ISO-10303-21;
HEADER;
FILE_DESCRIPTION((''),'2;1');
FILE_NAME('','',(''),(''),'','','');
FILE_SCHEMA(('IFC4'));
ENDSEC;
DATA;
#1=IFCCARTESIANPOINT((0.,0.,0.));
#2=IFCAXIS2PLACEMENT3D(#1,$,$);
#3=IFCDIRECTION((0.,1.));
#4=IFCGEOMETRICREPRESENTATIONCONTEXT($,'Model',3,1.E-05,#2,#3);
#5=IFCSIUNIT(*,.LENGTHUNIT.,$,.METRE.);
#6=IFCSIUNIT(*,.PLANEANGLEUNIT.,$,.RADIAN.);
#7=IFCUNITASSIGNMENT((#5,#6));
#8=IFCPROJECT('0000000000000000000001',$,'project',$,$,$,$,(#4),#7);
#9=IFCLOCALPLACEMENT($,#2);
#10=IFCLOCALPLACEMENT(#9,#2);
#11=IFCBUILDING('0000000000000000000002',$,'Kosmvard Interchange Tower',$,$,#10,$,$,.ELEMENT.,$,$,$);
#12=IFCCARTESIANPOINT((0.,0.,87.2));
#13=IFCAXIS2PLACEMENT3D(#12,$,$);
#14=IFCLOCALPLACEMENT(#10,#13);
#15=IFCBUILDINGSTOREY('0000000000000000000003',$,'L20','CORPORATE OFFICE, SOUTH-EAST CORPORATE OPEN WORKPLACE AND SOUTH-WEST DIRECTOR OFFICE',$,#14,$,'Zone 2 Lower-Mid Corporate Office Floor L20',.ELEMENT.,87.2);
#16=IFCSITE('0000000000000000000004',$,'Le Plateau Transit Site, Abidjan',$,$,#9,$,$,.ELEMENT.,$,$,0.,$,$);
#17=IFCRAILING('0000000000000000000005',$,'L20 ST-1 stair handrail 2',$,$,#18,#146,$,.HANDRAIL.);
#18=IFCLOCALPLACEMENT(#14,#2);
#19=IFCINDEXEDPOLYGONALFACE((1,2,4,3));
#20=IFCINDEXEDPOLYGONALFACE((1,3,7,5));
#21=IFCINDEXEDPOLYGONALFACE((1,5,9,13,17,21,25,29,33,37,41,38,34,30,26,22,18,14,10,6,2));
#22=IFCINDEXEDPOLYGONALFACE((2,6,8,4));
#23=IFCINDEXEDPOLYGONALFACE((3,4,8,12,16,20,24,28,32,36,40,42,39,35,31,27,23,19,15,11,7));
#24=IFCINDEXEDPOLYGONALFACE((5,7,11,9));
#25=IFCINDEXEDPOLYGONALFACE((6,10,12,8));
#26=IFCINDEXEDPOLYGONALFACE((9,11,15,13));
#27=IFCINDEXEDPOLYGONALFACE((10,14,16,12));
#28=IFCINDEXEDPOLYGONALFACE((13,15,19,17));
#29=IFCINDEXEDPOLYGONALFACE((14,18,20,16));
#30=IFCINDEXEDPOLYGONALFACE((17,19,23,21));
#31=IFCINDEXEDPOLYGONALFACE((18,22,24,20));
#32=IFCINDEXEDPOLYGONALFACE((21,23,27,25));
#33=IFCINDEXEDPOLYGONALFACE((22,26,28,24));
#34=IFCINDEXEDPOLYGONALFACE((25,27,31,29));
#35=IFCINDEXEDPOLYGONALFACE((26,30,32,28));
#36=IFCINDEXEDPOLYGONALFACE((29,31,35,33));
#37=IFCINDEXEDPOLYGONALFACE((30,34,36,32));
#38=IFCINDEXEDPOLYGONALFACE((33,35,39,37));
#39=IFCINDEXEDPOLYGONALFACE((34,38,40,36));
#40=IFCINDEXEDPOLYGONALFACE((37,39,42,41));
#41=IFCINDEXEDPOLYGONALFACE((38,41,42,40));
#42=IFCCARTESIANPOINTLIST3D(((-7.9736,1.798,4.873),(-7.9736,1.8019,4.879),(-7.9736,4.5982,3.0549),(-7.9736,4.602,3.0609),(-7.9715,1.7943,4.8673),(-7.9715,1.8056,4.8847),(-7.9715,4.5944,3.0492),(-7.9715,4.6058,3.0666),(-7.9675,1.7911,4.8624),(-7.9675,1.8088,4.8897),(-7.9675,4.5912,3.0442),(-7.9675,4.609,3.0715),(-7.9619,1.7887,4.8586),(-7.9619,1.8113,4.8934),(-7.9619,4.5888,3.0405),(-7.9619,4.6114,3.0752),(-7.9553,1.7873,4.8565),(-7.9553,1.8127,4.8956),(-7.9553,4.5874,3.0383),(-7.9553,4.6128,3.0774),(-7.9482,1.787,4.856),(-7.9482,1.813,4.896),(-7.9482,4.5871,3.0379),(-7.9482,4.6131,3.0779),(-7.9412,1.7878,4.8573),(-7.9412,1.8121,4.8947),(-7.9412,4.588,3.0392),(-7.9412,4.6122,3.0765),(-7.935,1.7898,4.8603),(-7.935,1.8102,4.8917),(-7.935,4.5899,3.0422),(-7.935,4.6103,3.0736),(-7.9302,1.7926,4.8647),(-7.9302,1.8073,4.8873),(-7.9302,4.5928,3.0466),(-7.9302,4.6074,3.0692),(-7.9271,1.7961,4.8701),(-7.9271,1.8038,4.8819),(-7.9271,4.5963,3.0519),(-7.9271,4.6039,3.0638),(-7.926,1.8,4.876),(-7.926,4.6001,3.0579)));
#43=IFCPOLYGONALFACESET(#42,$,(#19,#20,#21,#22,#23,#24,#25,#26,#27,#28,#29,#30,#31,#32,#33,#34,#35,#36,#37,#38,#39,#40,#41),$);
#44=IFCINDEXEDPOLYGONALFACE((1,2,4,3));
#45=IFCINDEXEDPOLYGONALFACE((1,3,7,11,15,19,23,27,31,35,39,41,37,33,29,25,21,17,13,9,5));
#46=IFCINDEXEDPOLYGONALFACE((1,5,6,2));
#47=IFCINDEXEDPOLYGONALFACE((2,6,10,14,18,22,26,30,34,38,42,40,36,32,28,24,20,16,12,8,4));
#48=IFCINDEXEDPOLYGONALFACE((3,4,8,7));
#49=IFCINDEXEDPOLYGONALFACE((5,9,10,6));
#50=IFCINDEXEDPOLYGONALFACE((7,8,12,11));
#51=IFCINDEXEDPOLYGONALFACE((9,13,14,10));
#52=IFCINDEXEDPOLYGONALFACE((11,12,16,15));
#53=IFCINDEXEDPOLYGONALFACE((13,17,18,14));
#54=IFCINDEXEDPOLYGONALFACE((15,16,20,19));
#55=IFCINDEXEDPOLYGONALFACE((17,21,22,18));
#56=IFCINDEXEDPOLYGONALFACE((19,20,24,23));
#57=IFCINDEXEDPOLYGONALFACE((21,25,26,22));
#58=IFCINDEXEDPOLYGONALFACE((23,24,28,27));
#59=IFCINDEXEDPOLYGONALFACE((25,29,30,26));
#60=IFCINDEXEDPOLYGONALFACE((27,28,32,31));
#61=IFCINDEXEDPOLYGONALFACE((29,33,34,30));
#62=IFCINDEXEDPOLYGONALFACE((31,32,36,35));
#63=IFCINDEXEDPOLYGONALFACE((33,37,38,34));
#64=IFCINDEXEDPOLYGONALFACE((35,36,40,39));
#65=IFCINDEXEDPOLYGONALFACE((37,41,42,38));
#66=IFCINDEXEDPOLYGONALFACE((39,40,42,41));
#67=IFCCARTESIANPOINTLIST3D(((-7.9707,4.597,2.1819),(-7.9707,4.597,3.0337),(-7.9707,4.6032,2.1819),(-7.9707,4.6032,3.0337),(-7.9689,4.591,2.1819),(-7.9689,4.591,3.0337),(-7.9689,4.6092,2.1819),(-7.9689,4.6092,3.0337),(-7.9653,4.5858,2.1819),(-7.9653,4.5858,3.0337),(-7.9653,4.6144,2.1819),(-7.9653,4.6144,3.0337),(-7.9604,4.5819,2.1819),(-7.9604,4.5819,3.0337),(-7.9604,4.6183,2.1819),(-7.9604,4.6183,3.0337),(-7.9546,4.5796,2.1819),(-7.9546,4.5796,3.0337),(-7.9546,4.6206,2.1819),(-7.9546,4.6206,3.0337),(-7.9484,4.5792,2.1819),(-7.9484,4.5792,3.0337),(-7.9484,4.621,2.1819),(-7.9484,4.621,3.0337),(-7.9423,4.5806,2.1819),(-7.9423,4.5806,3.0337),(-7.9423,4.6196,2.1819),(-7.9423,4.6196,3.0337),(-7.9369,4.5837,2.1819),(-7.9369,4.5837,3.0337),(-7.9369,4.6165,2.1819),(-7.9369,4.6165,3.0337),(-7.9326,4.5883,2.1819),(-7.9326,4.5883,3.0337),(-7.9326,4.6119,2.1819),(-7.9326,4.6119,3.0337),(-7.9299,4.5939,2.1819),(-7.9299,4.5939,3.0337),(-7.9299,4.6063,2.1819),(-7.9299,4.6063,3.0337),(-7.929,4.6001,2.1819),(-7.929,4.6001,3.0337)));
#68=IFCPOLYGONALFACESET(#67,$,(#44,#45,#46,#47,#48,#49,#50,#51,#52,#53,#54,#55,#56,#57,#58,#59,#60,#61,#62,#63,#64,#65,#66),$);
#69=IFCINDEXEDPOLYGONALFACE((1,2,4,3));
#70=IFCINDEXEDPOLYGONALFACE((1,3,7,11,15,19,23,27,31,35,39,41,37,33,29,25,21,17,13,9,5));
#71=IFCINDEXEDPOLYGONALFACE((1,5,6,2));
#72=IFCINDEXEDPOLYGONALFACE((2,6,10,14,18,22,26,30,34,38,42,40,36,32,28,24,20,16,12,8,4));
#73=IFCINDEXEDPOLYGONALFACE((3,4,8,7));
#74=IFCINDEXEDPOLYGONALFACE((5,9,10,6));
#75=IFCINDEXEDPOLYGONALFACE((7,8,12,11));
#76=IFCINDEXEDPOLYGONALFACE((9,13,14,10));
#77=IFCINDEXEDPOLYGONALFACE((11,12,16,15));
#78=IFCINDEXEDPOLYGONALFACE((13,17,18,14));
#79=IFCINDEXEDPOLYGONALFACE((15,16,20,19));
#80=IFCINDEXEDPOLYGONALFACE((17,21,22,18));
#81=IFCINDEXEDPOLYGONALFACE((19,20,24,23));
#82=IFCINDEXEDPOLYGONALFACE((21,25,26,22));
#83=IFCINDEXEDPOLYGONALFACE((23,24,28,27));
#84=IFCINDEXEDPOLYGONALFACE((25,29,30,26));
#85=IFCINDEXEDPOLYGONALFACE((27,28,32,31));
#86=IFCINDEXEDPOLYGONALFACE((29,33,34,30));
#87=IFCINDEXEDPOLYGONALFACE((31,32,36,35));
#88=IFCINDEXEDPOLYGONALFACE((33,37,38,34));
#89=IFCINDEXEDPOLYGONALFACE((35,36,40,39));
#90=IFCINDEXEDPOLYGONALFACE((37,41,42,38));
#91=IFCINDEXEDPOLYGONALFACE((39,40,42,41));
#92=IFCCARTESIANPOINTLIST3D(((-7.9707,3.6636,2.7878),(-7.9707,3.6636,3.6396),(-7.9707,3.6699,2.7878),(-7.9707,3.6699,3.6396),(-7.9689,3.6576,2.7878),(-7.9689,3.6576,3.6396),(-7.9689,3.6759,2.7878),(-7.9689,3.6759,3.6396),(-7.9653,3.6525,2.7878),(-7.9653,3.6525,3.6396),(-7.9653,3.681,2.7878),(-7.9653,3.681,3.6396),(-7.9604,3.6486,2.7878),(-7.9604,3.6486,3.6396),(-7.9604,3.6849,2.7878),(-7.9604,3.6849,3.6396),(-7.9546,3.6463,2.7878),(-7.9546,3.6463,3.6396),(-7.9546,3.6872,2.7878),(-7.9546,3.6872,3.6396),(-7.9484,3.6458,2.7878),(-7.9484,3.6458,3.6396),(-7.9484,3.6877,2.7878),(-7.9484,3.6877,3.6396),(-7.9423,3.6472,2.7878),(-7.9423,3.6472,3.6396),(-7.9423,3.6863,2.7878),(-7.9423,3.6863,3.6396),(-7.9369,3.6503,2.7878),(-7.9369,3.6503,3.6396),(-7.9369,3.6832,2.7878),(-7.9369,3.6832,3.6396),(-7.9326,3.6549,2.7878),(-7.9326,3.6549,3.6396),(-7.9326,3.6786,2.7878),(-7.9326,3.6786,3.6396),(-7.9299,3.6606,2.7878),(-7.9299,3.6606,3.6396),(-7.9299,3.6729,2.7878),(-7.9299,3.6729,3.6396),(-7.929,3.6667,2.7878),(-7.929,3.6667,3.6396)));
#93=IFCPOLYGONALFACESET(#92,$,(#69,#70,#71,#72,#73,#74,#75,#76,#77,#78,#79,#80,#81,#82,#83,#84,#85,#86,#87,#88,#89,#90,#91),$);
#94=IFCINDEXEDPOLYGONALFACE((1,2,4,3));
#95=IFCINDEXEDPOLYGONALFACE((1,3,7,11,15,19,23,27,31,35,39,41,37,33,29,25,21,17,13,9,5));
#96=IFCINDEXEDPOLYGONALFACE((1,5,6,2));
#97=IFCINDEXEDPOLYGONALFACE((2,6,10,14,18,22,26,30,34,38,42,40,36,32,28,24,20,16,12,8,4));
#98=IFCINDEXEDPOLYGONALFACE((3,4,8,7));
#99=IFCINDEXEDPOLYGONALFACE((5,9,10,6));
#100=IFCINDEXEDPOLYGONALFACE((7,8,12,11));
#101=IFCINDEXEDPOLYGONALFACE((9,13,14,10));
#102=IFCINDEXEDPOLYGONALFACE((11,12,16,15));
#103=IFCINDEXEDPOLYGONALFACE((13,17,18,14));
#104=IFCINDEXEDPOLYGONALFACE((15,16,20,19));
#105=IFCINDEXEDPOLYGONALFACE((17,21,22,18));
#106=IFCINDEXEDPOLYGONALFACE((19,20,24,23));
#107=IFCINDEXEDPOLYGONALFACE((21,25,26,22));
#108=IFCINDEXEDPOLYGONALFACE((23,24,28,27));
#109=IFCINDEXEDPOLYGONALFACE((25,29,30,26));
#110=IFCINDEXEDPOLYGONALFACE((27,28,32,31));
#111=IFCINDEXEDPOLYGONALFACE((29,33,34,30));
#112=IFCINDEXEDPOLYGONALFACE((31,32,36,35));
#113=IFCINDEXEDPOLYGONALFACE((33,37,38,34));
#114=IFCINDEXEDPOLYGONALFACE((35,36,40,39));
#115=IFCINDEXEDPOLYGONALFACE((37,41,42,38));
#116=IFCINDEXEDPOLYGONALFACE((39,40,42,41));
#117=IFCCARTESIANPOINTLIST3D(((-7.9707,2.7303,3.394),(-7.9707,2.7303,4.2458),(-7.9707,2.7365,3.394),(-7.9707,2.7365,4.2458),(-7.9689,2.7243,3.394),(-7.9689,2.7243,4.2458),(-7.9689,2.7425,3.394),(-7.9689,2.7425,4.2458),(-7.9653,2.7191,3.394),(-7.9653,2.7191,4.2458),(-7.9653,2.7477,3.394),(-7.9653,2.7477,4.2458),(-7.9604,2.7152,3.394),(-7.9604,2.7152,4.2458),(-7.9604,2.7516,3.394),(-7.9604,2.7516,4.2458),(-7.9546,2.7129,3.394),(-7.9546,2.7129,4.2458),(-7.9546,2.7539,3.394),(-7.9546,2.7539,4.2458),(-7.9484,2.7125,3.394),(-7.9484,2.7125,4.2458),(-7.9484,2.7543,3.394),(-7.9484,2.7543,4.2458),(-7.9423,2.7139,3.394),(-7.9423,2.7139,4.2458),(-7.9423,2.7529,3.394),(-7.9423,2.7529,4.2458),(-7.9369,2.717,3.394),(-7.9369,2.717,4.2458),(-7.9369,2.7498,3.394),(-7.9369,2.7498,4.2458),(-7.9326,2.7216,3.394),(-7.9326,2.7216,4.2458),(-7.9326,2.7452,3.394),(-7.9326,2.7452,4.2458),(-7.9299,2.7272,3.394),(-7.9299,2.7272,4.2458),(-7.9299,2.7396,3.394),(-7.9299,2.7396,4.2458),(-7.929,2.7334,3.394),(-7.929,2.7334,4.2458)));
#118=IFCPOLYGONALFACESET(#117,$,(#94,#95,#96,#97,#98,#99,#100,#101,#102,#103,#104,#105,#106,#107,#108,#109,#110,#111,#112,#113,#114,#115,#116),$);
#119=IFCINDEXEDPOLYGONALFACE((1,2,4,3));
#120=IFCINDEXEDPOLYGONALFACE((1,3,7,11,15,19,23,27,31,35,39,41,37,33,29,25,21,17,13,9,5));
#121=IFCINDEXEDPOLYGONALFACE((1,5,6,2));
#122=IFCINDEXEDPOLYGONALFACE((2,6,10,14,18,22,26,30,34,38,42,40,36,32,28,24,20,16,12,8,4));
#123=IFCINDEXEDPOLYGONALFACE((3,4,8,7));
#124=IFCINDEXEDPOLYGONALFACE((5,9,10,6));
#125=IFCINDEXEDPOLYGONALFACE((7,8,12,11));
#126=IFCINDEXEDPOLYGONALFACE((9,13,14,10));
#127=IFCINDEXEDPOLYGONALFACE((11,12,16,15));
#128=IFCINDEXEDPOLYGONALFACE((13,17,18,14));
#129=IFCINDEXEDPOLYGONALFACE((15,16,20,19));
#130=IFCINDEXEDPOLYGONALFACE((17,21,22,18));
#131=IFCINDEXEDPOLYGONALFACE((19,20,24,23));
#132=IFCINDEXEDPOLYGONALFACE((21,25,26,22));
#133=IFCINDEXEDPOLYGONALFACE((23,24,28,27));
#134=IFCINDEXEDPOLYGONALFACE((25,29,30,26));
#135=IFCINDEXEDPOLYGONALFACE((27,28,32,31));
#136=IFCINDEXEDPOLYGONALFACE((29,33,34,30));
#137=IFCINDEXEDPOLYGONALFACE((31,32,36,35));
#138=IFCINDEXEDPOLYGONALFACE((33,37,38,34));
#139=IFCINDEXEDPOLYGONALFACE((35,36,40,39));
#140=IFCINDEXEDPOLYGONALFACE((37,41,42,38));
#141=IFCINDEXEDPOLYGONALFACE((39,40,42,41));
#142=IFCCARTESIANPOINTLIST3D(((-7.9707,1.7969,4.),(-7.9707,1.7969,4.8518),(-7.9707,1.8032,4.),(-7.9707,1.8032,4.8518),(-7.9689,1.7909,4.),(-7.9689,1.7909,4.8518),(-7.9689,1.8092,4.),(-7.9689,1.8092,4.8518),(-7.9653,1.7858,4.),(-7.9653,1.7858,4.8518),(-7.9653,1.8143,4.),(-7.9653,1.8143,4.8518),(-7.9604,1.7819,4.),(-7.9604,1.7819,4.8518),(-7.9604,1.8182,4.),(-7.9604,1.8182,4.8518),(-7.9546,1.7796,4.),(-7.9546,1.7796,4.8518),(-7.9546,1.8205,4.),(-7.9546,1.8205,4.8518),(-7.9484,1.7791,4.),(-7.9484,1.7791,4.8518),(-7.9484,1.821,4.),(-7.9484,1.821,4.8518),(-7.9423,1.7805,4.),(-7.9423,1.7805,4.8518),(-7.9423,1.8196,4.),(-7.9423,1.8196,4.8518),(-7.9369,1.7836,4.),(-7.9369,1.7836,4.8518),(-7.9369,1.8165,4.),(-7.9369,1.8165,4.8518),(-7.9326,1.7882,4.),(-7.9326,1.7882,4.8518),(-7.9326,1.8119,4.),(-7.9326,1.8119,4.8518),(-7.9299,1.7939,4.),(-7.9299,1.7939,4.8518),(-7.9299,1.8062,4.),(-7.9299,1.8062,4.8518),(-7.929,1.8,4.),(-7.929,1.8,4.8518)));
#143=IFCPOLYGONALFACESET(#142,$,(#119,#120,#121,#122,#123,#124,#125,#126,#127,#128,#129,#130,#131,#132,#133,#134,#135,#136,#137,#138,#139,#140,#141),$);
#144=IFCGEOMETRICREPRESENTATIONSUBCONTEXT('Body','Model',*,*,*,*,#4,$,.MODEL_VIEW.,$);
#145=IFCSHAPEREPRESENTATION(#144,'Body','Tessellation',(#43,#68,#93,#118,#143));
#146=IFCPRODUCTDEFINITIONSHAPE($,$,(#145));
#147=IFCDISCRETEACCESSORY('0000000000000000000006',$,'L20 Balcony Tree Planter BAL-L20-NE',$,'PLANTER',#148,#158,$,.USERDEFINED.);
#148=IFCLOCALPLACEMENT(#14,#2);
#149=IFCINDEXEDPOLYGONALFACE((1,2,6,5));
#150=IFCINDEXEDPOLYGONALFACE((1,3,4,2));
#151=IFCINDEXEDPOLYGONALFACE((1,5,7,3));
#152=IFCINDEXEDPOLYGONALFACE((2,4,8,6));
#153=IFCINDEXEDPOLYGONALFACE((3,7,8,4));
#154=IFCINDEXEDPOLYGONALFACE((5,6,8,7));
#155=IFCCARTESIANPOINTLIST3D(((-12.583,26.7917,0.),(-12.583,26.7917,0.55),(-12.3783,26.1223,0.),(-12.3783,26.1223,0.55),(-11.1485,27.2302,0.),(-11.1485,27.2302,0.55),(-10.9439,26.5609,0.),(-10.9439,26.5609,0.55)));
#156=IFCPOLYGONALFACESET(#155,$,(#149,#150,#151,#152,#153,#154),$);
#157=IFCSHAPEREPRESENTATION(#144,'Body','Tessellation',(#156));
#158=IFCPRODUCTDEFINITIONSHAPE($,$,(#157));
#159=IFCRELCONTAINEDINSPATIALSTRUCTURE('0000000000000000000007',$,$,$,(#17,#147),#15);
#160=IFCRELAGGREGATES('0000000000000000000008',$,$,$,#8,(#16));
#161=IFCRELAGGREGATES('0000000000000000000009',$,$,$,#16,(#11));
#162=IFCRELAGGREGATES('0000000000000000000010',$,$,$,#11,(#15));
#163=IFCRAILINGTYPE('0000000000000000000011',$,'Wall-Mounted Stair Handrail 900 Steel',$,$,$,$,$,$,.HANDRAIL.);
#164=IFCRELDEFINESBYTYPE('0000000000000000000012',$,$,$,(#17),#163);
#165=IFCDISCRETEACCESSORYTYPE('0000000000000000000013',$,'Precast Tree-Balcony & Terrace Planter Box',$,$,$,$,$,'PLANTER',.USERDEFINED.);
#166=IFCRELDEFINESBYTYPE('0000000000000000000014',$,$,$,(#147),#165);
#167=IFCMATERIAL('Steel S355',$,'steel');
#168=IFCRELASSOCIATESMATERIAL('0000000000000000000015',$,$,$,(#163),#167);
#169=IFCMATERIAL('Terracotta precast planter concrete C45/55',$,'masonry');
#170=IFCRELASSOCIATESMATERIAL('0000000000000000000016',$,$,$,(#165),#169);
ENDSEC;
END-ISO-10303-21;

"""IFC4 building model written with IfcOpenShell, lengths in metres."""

from ifc_helpers import new_model, si_unit, direction, frame, origin, origin_2d, place, context, subcontext, project, spatial, rectangle, circle, extrude, source, transform, mapped, material, type_object, element, save


model = new_model("IFC4")

# Units and contexts
model_context = context("Model", 3, precision=1e-05, world=origin(), true_north=direction((0.0, 1.0)))
body_context = subcontext(model_context, "Body", "Model", "MODEL_VIEW")
ifc_project = project(units=[si_unit("LENGTHUNIT", "METRE"), si_unit("PLANEANGLEUNIT", "RADIAN")], contexts=[model_context])

# Site, building, storey
site_placement = place(None, origin())
site = spatial("IfcSite", under=ifc_project, at=site_placement, Name="Le Plateau Transit Site, Abidjan", CompositionType="ELEMENT", RefElevation=0.0)
building_placement = place(site_placement, origin())
building = spatial("IfcBuilding", under=site, at=building_placement, Name="Kosmvard Interchange Tower", CompositionType="ELEMENT")
storey_placement = place(building_placement, frame((0.0, 0.0, 87.2)))
storey = spatial("IfcBuildingStorey", under=building, at=storey_placement, Name="L20", Description="CORPORATE OFFICE, SOUTH-EAST CORPORATE OPEN WORKPLACE AND SOUTH-WEST DIRECTOR OFFICE", LongName="Zone 2 Lower-Mid Corporate Office Floor L20", CompositionType="ELEMENT", Elevation=87.2)

# Shared definitions
ifc_material_1 = material(Name="Steel S355", Category="steel")

# Railing
railing_type_1 = type_object("IfcRailingType", Name="Wall-Mounted Stair Handrail 900 Steel", PredefinedType="HANDRAIL", material=ifc_material_1)
shared_shape_1 = source(origin(), body_context, "Body", "SweptSolid", [
    extrude(circle(Radius=0.0239, at=origin_2d()), frame((0.0, 0.0, 0.876), z_axis=(0.0, -0.838706, 0.544585), x_axis=(1.0, 0.0, 0.0)), (0.0, 0.0, 1.0), 3.3386),
    extrude(circle(Radius=0.021, at=origin_2d()), origin(), (0.0, 0.0, 1.0), 0.8518),
    extrude(circle(Radius=0.021, at=origin_2d()), frame((0.0, -0.9333, 0.606)), (0.0, 0.0, 1.0), 0.8518),
    extrude(circle(Radius=0.021, at=origin_2d()), frame((0.0, -1.8667, 1.2122)), (0.0, 0.0, 1.0), 0.8518),
    extrude(circle(Radius=0.021, at=origin_2d()), frame((0.0, -2.8, 1.8181)), (0.0, 0.0, 1.0), 0.8518),
])
railing_1_placement = place(storey_placement, frame((-7.95, 4.6001, 2.1819)))
element("IfcRailing", 1, at=railing_1_placement, inside=storey, type_object=railing_type_1, Name="L20 ST-1 stair handrail 2", PredefinedType="HANDRAIL", context=body_context, shape_type="MappedRepresentation", body=[
    mapped(shared_shape_1, transform((0.0, 0.0, 0.0), scale=1.0)),
])

# Discrete accessory
ifc_material_2 = material(Name="Terracotta precast planter concrete C45/55", Category="masonry")
discrete_accessory_type = type_object("IfcDiscreteAccessoryType", Name="Precast Tree-Balcony & Terrace Planter Box", ElementType="PLANTER", PredefinedType="USERDEFINED", material=ifc_material_2)
shared_shape_2 = source(origin(), body_context, "Body", "SweptSolid", [
    extrude(rectangle(XDim=1.5, YDim=0.7, at=origin_2d()), origin(), (0.0, 0.0, 1.0), 0.55),
])
discrete_accessory_placement = place(storey_placement, frame((-11.7634, 26.6763, 0.0), z_axis=(0.0, 0.0, 1.0), x_axis=(0.956305, 0.292372, 0.0)))
element("IfcDiscreteAccessory", 2, at=discrete_accessory_placement, inside=storey, type_object=discrete_accessory_type, Name="L20 Balcony Tree Planter BAL-L20-NE", ObjectType="PLANTER", PredefinedType="USERDEFINED", context=body_context, shape_type="MappedRepresentation", body=[
    mapped(shared_shape_2, transform((0.0, 0.0, 0.0), scale=1.0)),
])

save(model, "model.ifc")
